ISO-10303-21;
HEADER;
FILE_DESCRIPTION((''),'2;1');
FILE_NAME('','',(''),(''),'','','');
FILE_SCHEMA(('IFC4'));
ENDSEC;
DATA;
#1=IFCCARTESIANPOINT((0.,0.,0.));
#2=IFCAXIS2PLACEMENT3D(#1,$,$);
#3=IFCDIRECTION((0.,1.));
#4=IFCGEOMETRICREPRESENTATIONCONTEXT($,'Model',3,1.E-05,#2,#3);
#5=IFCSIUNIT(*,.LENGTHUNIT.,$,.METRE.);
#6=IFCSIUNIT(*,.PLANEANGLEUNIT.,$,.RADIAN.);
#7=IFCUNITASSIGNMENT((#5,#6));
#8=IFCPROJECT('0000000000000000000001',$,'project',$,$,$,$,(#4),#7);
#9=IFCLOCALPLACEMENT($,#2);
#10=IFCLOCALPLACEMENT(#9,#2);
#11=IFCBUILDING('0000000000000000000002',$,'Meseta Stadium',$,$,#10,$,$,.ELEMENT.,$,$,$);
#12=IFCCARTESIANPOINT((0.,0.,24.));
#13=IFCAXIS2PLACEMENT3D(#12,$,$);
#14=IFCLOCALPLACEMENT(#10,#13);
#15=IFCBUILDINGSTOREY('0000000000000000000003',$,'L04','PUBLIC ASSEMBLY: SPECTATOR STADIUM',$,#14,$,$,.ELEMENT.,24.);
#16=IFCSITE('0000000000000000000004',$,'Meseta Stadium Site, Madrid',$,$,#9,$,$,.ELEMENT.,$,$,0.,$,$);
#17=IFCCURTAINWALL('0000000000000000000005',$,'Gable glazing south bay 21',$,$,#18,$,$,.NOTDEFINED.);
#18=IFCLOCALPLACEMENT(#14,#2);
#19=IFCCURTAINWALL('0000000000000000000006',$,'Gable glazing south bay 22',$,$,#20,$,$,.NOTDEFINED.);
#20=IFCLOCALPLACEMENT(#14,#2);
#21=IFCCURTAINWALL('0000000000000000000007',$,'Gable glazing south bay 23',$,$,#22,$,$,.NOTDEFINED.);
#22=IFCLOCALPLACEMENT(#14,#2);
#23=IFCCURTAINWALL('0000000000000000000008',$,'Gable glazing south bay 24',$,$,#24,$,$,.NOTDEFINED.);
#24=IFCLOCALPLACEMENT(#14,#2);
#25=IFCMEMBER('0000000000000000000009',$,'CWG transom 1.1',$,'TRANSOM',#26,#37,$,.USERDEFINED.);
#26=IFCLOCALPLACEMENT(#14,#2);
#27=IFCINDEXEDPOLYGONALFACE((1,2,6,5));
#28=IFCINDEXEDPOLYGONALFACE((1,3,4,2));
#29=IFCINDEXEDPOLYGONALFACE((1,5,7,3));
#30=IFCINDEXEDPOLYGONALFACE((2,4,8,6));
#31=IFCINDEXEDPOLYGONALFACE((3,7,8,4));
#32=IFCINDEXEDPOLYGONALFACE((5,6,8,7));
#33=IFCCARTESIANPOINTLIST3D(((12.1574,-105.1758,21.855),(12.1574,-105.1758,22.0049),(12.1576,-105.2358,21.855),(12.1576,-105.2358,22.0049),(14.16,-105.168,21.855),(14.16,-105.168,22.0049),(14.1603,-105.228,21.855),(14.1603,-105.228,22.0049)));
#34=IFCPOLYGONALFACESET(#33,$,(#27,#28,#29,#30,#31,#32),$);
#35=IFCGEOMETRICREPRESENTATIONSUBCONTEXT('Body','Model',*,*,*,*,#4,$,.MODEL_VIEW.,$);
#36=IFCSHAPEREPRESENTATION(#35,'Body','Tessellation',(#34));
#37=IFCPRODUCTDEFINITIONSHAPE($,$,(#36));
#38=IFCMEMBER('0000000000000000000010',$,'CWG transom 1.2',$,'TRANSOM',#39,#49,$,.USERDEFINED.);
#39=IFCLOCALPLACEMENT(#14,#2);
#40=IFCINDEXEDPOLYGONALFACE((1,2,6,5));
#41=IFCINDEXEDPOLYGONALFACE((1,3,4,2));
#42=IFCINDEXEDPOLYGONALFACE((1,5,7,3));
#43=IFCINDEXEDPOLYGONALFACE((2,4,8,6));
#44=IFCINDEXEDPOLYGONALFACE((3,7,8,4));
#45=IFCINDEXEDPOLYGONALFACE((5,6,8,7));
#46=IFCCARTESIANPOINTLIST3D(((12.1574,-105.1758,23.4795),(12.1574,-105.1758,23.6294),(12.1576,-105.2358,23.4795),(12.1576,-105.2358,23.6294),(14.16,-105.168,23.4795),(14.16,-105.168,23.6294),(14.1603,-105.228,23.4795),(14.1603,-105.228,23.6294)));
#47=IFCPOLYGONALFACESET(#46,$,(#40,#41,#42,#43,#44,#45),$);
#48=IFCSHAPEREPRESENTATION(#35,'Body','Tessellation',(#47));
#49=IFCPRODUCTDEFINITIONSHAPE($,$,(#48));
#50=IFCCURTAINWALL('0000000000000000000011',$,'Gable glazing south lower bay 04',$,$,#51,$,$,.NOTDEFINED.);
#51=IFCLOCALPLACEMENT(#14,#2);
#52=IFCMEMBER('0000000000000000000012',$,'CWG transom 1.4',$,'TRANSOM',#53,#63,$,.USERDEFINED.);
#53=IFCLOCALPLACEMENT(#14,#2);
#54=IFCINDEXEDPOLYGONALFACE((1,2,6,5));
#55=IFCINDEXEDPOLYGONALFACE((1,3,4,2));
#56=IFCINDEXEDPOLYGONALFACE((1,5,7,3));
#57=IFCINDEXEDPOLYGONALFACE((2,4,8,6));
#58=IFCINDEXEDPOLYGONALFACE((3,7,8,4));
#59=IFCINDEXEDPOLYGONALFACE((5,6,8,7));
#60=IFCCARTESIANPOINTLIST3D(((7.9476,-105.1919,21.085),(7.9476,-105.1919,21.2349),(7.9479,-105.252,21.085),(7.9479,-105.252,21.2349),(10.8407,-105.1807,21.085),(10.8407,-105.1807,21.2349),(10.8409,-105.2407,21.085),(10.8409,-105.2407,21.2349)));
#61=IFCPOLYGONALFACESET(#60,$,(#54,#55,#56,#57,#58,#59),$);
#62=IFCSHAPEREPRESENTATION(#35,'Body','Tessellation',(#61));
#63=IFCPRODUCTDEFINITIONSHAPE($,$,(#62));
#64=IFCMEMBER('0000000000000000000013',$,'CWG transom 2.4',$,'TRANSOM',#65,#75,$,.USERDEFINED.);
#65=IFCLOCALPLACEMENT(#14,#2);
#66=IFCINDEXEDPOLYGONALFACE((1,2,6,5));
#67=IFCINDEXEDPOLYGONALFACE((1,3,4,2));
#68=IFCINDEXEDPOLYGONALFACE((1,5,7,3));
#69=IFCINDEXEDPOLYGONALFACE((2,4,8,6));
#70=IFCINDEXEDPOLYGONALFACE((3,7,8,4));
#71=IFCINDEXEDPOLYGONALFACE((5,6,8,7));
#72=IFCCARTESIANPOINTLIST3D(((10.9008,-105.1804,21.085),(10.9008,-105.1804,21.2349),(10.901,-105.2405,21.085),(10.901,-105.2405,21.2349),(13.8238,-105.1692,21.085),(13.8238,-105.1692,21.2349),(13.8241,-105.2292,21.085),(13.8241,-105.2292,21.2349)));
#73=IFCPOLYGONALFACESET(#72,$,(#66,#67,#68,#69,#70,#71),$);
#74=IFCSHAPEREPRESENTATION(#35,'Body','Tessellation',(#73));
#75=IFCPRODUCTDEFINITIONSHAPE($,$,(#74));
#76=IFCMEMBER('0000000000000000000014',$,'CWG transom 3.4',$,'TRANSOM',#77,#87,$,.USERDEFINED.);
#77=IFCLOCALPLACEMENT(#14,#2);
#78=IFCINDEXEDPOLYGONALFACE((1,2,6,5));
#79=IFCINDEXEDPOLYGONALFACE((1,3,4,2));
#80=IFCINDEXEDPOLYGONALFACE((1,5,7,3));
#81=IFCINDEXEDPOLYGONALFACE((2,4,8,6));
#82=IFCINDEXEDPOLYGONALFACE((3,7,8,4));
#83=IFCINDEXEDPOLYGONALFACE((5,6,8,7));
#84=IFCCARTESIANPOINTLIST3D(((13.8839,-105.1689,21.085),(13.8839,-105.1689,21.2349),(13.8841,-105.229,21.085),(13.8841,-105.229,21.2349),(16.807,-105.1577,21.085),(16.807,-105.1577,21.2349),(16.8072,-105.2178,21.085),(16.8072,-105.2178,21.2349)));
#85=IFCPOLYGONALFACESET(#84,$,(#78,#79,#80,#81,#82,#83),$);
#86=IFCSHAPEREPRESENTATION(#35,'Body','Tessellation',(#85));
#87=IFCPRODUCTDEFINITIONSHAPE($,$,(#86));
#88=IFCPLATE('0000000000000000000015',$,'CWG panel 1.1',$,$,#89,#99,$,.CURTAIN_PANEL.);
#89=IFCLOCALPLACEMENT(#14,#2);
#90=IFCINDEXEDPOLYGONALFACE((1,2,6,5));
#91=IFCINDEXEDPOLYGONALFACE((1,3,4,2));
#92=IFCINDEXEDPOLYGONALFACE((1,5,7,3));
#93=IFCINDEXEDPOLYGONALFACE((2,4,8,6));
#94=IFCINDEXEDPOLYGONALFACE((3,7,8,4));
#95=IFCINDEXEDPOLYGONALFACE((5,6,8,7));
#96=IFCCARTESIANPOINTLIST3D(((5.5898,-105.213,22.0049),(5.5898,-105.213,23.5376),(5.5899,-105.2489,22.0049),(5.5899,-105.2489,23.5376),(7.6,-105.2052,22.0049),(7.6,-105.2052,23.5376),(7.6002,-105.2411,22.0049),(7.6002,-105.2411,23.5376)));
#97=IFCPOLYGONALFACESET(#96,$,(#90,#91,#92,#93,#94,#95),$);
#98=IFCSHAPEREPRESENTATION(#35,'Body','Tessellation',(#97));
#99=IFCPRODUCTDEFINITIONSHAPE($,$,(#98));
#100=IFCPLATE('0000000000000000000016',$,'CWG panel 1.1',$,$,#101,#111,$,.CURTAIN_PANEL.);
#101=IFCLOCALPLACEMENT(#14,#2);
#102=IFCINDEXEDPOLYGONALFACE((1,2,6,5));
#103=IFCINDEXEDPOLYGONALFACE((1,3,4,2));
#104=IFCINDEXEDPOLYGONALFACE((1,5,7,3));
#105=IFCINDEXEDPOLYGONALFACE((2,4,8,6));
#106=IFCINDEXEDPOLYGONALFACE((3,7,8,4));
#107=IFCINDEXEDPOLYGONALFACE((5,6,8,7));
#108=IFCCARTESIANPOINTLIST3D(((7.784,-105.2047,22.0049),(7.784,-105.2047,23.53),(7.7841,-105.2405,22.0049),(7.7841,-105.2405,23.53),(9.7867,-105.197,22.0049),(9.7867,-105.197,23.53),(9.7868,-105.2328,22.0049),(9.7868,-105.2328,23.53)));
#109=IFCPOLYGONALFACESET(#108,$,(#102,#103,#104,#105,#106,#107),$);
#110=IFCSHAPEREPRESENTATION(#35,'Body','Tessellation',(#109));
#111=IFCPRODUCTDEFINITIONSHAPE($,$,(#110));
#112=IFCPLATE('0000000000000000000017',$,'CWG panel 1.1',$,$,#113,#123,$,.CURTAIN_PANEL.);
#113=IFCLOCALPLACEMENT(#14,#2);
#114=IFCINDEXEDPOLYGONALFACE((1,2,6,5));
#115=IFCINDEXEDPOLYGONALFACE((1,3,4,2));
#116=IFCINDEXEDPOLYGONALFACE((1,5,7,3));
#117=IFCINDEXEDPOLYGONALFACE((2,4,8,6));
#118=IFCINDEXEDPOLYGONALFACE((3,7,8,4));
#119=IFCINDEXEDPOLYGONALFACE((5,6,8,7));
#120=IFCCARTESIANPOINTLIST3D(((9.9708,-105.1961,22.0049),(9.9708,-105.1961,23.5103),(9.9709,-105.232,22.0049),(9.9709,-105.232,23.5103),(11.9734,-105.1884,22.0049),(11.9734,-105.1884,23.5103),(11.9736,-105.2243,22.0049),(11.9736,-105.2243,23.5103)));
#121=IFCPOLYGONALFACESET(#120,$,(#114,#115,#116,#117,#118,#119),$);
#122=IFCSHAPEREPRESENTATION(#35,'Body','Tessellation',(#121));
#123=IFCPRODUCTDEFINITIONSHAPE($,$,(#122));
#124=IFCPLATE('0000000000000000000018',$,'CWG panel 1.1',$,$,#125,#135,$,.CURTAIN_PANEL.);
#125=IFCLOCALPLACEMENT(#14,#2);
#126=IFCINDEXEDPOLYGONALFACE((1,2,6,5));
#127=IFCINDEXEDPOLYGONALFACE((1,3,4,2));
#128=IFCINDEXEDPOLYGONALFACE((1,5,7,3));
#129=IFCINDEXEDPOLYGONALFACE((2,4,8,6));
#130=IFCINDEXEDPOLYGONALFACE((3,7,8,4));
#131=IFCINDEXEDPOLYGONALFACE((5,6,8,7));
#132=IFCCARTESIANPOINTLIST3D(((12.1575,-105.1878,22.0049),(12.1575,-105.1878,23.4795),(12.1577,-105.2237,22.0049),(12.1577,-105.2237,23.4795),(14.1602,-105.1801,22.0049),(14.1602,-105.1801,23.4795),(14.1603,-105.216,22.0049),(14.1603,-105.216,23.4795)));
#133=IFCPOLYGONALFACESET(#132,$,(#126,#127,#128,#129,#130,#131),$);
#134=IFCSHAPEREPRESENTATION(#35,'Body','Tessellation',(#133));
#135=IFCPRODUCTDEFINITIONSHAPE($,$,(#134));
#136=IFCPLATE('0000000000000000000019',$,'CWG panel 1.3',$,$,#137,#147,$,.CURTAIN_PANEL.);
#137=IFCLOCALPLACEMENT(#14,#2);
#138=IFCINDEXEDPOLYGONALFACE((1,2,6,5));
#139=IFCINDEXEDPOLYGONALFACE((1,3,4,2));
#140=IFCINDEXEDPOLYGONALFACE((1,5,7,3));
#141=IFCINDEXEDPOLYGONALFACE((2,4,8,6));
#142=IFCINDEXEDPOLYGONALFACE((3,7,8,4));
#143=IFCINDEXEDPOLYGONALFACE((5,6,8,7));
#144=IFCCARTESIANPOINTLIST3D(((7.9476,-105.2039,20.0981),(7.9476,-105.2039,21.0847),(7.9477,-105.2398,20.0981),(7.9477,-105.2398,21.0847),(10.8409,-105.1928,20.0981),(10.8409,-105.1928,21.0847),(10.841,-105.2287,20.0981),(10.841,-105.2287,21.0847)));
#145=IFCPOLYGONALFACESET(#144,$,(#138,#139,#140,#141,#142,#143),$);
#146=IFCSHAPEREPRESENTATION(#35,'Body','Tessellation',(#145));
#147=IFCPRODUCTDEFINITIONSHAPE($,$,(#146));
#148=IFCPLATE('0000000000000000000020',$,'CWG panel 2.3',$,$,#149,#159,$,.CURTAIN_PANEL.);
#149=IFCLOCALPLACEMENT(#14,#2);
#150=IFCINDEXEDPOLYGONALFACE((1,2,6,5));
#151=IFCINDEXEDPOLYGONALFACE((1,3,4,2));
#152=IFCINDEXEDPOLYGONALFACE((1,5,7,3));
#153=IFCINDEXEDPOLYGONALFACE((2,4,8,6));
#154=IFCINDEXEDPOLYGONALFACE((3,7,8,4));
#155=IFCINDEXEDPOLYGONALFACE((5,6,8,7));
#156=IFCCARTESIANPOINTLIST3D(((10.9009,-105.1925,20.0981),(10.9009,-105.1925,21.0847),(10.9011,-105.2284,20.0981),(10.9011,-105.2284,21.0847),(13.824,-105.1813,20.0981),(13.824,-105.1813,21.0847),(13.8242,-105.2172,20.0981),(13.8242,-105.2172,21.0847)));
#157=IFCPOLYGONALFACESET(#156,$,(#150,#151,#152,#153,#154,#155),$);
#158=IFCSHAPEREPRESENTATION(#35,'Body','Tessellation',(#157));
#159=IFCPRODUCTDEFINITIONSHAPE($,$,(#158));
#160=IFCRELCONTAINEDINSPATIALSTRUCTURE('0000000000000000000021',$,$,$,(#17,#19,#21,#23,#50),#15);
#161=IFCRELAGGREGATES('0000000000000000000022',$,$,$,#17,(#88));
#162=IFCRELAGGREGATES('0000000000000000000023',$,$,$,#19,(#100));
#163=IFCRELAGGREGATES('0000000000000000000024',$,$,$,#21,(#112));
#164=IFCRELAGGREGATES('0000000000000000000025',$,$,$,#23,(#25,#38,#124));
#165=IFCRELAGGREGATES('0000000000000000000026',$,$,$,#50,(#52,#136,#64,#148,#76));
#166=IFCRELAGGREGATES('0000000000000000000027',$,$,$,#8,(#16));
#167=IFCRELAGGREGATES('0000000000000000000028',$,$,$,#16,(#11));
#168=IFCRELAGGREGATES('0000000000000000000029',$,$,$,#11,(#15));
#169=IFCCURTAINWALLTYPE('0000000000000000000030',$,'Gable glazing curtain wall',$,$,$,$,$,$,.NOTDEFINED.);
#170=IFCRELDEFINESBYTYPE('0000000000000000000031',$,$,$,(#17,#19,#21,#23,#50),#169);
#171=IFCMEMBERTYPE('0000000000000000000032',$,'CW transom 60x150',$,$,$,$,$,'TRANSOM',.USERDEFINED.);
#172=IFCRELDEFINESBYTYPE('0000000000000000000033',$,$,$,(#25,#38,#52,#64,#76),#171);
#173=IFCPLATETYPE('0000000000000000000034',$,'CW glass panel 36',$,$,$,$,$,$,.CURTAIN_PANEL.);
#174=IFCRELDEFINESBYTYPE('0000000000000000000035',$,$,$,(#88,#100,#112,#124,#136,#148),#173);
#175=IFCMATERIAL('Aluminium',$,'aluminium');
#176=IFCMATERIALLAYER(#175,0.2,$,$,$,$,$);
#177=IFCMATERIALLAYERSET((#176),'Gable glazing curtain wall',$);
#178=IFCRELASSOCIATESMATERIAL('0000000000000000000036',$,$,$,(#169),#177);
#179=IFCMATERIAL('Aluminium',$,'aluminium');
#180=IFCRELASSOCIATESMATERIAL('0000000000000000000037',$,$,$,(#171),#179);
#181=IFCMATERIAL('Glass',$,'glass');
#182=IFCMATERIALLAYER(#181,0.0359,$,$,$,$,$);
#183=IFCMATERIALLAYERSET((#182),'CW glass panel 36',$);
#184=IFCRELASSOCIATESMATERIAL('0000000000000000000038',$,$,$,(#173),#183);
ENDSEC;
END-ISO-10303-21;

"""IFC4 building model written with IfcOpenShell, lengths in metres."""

from ifc_helpers import new_model, si_unit, direction, frame, origin, origin_2d, place, context, subcontext, project, spatial, rectangle, extrude, material, layer, layer_set, material_profile, profile_set, type_object, element, aggregate, save


model = new_model("IFC4")

# Units and contexts
model_context = context("Model", 3, precision=1e-05, world=origin(), true_north=direction((0.0, 1.0)))
body_context = subcontext(model_context, "Body", "Model", "MODEL_VIEW")
ifc_project = project(units=[si_unit("LENGTHUNIT", "METRE"), si_unit("PLANEANGLEUNIT", "RADIAN")], contexts=[model_context])

# Site, building, storey
site_placement = place(None, origin())
site = spatial("IfcSite", under=ifc_project, at=site_placement, Name="Meseta Stadium Site, Madrid", CompositionType="ELEMENT", RefElevation=0.0)
building_placement = place(site_placement, origin())
building = spatial("IfcBuilding", under=site, at=building_placement, Name="Meseta Stadium", CompositionType="ELEMENT")
storey_placement = place(building_placement, frame((0.0, 0.0, 24.0)))
storey = spatial("IfcBuildingStorey", under=building, at=storey_placement, Name="L04", Description="PUBLIC ASSEMBLY: SPECTATOR STADIUM", CompositionType="ELEMENT", Elevation=24.0)

# Shared definitions
ifc_material_1 = material(Name="Aluminium", Category="aluminium")
ifc_layer_1 = layer(ifc_material_1, 0.2)
ifc_layer_set_1 = layer_set([ifc_layer_1], Name="Gable glazing curtain wall")
curtain_wall_type = type_object("IfcCurtainWallType", Name="Gable glazing curtain wall", PredefinedType="NOTDEFINED", material=ifc_layer_set_1)

# Curtain walls
curtain_wall_1_placement = place(storey_placement, origin())
curtain_wall_1 = element("IfcCurtainWall", 1, at=curtain_wall_1_placement, inside=storey, type_object=curtain_wall_type, Name="Gable glazing south bay 21", PredefinedType="NOTDEFINED")
curtain_wall_2_placement = place(storey_placement, origin())
curtain_wall_2 = element("IfcCurtainWall", 2, at=curtain_wall_2_placement, inside=storey, type_object=curtain_wall_type, Name="Gable glazing south bay 22", PredefinedType="NOTDEFINED")
curtain_wall_3_placement = place(storey_placement, origin())
curtain_wall_3 = element("IfcCurtainWall", 3, at=curtain_wall_3_placement, inside=storey, type_object=curtain_wall_type, Name="Gable glazing south bay 23", PredefinedType="NOTDEFINED")

# Curtain wall
curtain_wall_4_placement = place(storey_placement, origin())
curtain_wall_4 = element("IfcCurtainWall", 4, at=curtain_wall_4_placement, inside=storey, type_object=curtain_wall_type, Name="Gable glazing south bay 24", PredefinedType="NOTDEFINED")

# Members
ifc_material_2 = material(Name="Aluminium", Category="aluminium")
ifc_material_profile_1 = material_profile(ifc_material_2, rectangle(XDim=0.0601, YDim=0.1499, at=origin_2d()), Name="CW 60x150")
ifc_profile_set_1 = profile_set([ifc_material_profile_1], Name="Aluminium")
member_type_1 = type_object("IfcMemberType", Name="CW transom 60x150", ElementType="TRANSOM", PredefinedType="USERDEFINED", material=ifc_profile_set_1)
member_1_placement = place(storey_placement, frame((12.1575, -105.2058, 21.9299), z_axis=(0.999992, 0.003901, 0.0), x_axis=(-0.003901, 0.999992, 0.0)))
member_1 = element("IfcMember", 5, at=member_1_placement, type_object=member_type_1, Name="CWG transom 1.1", ObjectType="TRANSOM", PredefinedType="USERDEFINED", context=body_context, shape_type="SweptSolid", body=[
    extrude(rectangle(XDim=0.0601, YDim=0.1499, at=origin_2d()), origin(), (0.0, 0.0, 1.0), 2.0027),
])
member_2_placement = place(storey_placement, frame((12.1575, -105.2058, 23.5544), z_axis=(0.999992, 0.003901, 0.0), x_axis=(-0.003901, 0.999992, 0.0)))
member_2 = element("IfcMember", 6, at=member_2_placement, type_object=member_type_1, Name="CWG transom 1.2", ObjectType="TRANSOM", PredefinedType="USERDEFINED", context=body_context, shape_type="SweptSolid", body=[
    extrude(rectangle(XDim=0.0601, YDim=0.1499, at=origin_2d()), origin(), (0.0, 0.0, 1.0), 2.0027),
])

# Curtain wall, members
curtain_wall_5_placement = place(storey_placement, origin())
curtain_wall_5 = element("IfcCurtainWall", 7, at=curtain_wall_5_placement, inside=storey, type_object=curtain_wall_type, Name="Gable glazing south lower bay 04", PredefinedType="NOTDEFINED")
member_3_placement = place(storey_placement, frame((7.9478, -105.2219, 21.1599), z_axis=(0.999992, 0.003882, 0.0), x_axis=(-0.003882, 0.999992, 0.0)))
member_3 = element("IfcMember", 8, at=member_3_placement, type_object=member_type_1, Name="CWG transom 1.4", ObjectType="TRANSOM", PredefinedType="USERDEFINED", context=body_context, shape_type="SweptSolid", body=[
    extrude(rectangle(XDim=0.0601, YDim=0.1499, at=origin_2d()), origin(), (0.0, 0.0, 1.0), 2.8931),
])
member_4_placement = place(storey_placement, frame((10.9009, -105.2104, 21.1599), z_axis=(0.999993, 0.003842, 0.0), x_axis=(-0.003842, 0.999993, 0.0)))
member_4 = element("IfcMember", 9, at=member_4_placement, type_object=member_type_1, Name="CWG transom 2.4", ObjectType="TRANSOM", PredefinedType="USERDEFINED", context=body_context, shape_type="SweptSolid", body=[
    extrude(rectangle(XDim=0.0601, YDim=0.1499, at=origin_2d()), origin(), (0.0, 0.0, 1.0), 2.9231),
])
member_5_placement = place(storey_placement, frame((13.884, -105.199, 21.1599), z_axis=(0.999993, 0.003842, 0.0), x_axis=(-0.003842, 0.999993, 0.0)))
member_5 = element("IfcMember", 10, at=member_5_placement, type_object=member_type_1, Name="CWG transom 3.4", ObjectType="TRANSOM", PredefinedType="USERDEFINED", context=body_context, shape_type="SweptSolid", body=[
    extrude(rectangle(XDim=0.0601, YDim=0.1499, at=origin_2d()), origin(), (0.0, 0.0, 1.0), 2.9231),
])

# Plates
ifc_material_3 = material(Name="Glass", Category="glass")
ifc_layer_2 = layer(ifc_material_3, 0.0359)
ifc_layer_set_2 = layer_set([ifc_layer_2], Name="CW glass panel 36")
plate_type = type_object("IfcPlateType", Name="CW glass panel 36", PredefinedType="CURTAIN_PANEL", material=ifc_layer_set_2)
plate_1_placement = place(storey_placement, frame((6.595, -105.2271, 22.0049), z_axis=(0.0, 0.0, 1.0), x_axis=(0.999993, 0.003848, 0.0)))
plate_1 = element("IfcPlate", 11, at=plate_1_placement, type_object=plate_type, Name="CWG panel 1.1", PredefinedType="CURTAIN_PANEL", context=body_context, shape_type="SweptSolid", body=[
    extrude(rectangle(XDim=2.0103, YDim=0.0359, at=origin_2d()), origin(), (0.0, 0.0, 1.0), 1.5327),
])
aggregate(curtain_wall_1, [plate_1])
plate_2_placement = place(storey_placement, frame((8.7854, -105.2188, 22.0049), z_axis=(0.0, 0.0, 1.0), x_axis=(0.999993, 0.003848, 0.0)))
plate_2 = element("IfcPlate", 12, at=plate_2_placement, type_object=plate_type, Name="CWG panel 1.1", PredefinedType="CURTAIN_PANEL", context=body_context, shape_type="SweptSolid", body=[
    extrude(rectangle(XDim=2.0027, YDim=0.0359, at=origin_2d()), origin(), (0.0, 0.0, 1.0), 1.5251),
])
aggregate(curtain_wall_2, [plate_2])
plate_3_placement = place(storey_placement, frame((10.9722, -105.2102, 22.0049), z_axis=(0.0, 0.0, 1.0), x_axis=(0.999993, 0.003848, 0.0)))
plate_3 = element("IfcPlate", 13, at=plate_3_placement, type_object=plate_type, Name="CWG panel 1.1", PredefinedType="CURTAIN_PANEL", context=body_context, shape_type="SweptSolid", body=[
    extrude(rectangle(XDim=2.0027, YDim=0.0359, at=origin_2d()), origin(), (0.0, 0.0, 1.0), 1.5054),
])
aggregate(curtain_wall_3, [plate_3])
plate_4_placement = place(storey_placement, frame((13.1589, -105.2019, 22.0049), z_axis=(0.0, 0.0, 1.0), x_axis=(0.999993, 0.003848, 0.0)))
plate_4 = element("IfcPlate", 14, at=plate_4_placement, type_object=plate_type, Name="CWG panel 1.1", PredefinedType="CURTAIN_PANEL", context=body_context, shape_type="SweptSolid", body=[
    extrude(rectangle(XDim=2.0027, YDim=0.0359, at=origin_2d()), origin(), (0.0, 0.0, 1.0), 1.4746),
])
aggregate(curtain_wall_4, [member_1, member_2, plate_4])
plate_5_placement = place(storey_placement, frame((9.3943, -105.2163, 20.0981), z_axis=(0.0, 0.0, 1.0), x_axis=(0.999993, 0.003848, 0.0)))
plate_5 = element("IfcPlate", 15, at=plate_5_placement, type_object=plate_type, Name="CWG panel 1.3", PredefinedType="CURTAIN_PANEL", context=body_context, shape_type="SweptSolid", body=[
    extrude(rectangle(XDim=2.8933, YDim=0.0359, at=origin_2d()), origin(), (0.0, 0.0, 1.0), 0.9866),
])
plate_6_placement = place(storey_placement, frame((12.3625, -105.2048, 20.0981), z_axis=(0.0, 0.0, 1.0), x_axis=(0.999993, 0.003848, 0.0)))
plate_6 = element("IfcPlate", 16, at=plate_6_placement, type_object=plate_type, Name="CWG panel 2.3", PredefinedType="CURTAIN_PANEL", context=body_context, shape_type="SweptSolid", body=[
    extrude(rectangle(XDim=2.9231, YDim=0.0359, at=origin_2d()), origin(), (0.0, 0.0, 1.0), 0.9866),
])
aggregate(curtain_wall_5, [member_3, plate_5, member_4, plate_6, member_5])

save(model, "model.ifc")
